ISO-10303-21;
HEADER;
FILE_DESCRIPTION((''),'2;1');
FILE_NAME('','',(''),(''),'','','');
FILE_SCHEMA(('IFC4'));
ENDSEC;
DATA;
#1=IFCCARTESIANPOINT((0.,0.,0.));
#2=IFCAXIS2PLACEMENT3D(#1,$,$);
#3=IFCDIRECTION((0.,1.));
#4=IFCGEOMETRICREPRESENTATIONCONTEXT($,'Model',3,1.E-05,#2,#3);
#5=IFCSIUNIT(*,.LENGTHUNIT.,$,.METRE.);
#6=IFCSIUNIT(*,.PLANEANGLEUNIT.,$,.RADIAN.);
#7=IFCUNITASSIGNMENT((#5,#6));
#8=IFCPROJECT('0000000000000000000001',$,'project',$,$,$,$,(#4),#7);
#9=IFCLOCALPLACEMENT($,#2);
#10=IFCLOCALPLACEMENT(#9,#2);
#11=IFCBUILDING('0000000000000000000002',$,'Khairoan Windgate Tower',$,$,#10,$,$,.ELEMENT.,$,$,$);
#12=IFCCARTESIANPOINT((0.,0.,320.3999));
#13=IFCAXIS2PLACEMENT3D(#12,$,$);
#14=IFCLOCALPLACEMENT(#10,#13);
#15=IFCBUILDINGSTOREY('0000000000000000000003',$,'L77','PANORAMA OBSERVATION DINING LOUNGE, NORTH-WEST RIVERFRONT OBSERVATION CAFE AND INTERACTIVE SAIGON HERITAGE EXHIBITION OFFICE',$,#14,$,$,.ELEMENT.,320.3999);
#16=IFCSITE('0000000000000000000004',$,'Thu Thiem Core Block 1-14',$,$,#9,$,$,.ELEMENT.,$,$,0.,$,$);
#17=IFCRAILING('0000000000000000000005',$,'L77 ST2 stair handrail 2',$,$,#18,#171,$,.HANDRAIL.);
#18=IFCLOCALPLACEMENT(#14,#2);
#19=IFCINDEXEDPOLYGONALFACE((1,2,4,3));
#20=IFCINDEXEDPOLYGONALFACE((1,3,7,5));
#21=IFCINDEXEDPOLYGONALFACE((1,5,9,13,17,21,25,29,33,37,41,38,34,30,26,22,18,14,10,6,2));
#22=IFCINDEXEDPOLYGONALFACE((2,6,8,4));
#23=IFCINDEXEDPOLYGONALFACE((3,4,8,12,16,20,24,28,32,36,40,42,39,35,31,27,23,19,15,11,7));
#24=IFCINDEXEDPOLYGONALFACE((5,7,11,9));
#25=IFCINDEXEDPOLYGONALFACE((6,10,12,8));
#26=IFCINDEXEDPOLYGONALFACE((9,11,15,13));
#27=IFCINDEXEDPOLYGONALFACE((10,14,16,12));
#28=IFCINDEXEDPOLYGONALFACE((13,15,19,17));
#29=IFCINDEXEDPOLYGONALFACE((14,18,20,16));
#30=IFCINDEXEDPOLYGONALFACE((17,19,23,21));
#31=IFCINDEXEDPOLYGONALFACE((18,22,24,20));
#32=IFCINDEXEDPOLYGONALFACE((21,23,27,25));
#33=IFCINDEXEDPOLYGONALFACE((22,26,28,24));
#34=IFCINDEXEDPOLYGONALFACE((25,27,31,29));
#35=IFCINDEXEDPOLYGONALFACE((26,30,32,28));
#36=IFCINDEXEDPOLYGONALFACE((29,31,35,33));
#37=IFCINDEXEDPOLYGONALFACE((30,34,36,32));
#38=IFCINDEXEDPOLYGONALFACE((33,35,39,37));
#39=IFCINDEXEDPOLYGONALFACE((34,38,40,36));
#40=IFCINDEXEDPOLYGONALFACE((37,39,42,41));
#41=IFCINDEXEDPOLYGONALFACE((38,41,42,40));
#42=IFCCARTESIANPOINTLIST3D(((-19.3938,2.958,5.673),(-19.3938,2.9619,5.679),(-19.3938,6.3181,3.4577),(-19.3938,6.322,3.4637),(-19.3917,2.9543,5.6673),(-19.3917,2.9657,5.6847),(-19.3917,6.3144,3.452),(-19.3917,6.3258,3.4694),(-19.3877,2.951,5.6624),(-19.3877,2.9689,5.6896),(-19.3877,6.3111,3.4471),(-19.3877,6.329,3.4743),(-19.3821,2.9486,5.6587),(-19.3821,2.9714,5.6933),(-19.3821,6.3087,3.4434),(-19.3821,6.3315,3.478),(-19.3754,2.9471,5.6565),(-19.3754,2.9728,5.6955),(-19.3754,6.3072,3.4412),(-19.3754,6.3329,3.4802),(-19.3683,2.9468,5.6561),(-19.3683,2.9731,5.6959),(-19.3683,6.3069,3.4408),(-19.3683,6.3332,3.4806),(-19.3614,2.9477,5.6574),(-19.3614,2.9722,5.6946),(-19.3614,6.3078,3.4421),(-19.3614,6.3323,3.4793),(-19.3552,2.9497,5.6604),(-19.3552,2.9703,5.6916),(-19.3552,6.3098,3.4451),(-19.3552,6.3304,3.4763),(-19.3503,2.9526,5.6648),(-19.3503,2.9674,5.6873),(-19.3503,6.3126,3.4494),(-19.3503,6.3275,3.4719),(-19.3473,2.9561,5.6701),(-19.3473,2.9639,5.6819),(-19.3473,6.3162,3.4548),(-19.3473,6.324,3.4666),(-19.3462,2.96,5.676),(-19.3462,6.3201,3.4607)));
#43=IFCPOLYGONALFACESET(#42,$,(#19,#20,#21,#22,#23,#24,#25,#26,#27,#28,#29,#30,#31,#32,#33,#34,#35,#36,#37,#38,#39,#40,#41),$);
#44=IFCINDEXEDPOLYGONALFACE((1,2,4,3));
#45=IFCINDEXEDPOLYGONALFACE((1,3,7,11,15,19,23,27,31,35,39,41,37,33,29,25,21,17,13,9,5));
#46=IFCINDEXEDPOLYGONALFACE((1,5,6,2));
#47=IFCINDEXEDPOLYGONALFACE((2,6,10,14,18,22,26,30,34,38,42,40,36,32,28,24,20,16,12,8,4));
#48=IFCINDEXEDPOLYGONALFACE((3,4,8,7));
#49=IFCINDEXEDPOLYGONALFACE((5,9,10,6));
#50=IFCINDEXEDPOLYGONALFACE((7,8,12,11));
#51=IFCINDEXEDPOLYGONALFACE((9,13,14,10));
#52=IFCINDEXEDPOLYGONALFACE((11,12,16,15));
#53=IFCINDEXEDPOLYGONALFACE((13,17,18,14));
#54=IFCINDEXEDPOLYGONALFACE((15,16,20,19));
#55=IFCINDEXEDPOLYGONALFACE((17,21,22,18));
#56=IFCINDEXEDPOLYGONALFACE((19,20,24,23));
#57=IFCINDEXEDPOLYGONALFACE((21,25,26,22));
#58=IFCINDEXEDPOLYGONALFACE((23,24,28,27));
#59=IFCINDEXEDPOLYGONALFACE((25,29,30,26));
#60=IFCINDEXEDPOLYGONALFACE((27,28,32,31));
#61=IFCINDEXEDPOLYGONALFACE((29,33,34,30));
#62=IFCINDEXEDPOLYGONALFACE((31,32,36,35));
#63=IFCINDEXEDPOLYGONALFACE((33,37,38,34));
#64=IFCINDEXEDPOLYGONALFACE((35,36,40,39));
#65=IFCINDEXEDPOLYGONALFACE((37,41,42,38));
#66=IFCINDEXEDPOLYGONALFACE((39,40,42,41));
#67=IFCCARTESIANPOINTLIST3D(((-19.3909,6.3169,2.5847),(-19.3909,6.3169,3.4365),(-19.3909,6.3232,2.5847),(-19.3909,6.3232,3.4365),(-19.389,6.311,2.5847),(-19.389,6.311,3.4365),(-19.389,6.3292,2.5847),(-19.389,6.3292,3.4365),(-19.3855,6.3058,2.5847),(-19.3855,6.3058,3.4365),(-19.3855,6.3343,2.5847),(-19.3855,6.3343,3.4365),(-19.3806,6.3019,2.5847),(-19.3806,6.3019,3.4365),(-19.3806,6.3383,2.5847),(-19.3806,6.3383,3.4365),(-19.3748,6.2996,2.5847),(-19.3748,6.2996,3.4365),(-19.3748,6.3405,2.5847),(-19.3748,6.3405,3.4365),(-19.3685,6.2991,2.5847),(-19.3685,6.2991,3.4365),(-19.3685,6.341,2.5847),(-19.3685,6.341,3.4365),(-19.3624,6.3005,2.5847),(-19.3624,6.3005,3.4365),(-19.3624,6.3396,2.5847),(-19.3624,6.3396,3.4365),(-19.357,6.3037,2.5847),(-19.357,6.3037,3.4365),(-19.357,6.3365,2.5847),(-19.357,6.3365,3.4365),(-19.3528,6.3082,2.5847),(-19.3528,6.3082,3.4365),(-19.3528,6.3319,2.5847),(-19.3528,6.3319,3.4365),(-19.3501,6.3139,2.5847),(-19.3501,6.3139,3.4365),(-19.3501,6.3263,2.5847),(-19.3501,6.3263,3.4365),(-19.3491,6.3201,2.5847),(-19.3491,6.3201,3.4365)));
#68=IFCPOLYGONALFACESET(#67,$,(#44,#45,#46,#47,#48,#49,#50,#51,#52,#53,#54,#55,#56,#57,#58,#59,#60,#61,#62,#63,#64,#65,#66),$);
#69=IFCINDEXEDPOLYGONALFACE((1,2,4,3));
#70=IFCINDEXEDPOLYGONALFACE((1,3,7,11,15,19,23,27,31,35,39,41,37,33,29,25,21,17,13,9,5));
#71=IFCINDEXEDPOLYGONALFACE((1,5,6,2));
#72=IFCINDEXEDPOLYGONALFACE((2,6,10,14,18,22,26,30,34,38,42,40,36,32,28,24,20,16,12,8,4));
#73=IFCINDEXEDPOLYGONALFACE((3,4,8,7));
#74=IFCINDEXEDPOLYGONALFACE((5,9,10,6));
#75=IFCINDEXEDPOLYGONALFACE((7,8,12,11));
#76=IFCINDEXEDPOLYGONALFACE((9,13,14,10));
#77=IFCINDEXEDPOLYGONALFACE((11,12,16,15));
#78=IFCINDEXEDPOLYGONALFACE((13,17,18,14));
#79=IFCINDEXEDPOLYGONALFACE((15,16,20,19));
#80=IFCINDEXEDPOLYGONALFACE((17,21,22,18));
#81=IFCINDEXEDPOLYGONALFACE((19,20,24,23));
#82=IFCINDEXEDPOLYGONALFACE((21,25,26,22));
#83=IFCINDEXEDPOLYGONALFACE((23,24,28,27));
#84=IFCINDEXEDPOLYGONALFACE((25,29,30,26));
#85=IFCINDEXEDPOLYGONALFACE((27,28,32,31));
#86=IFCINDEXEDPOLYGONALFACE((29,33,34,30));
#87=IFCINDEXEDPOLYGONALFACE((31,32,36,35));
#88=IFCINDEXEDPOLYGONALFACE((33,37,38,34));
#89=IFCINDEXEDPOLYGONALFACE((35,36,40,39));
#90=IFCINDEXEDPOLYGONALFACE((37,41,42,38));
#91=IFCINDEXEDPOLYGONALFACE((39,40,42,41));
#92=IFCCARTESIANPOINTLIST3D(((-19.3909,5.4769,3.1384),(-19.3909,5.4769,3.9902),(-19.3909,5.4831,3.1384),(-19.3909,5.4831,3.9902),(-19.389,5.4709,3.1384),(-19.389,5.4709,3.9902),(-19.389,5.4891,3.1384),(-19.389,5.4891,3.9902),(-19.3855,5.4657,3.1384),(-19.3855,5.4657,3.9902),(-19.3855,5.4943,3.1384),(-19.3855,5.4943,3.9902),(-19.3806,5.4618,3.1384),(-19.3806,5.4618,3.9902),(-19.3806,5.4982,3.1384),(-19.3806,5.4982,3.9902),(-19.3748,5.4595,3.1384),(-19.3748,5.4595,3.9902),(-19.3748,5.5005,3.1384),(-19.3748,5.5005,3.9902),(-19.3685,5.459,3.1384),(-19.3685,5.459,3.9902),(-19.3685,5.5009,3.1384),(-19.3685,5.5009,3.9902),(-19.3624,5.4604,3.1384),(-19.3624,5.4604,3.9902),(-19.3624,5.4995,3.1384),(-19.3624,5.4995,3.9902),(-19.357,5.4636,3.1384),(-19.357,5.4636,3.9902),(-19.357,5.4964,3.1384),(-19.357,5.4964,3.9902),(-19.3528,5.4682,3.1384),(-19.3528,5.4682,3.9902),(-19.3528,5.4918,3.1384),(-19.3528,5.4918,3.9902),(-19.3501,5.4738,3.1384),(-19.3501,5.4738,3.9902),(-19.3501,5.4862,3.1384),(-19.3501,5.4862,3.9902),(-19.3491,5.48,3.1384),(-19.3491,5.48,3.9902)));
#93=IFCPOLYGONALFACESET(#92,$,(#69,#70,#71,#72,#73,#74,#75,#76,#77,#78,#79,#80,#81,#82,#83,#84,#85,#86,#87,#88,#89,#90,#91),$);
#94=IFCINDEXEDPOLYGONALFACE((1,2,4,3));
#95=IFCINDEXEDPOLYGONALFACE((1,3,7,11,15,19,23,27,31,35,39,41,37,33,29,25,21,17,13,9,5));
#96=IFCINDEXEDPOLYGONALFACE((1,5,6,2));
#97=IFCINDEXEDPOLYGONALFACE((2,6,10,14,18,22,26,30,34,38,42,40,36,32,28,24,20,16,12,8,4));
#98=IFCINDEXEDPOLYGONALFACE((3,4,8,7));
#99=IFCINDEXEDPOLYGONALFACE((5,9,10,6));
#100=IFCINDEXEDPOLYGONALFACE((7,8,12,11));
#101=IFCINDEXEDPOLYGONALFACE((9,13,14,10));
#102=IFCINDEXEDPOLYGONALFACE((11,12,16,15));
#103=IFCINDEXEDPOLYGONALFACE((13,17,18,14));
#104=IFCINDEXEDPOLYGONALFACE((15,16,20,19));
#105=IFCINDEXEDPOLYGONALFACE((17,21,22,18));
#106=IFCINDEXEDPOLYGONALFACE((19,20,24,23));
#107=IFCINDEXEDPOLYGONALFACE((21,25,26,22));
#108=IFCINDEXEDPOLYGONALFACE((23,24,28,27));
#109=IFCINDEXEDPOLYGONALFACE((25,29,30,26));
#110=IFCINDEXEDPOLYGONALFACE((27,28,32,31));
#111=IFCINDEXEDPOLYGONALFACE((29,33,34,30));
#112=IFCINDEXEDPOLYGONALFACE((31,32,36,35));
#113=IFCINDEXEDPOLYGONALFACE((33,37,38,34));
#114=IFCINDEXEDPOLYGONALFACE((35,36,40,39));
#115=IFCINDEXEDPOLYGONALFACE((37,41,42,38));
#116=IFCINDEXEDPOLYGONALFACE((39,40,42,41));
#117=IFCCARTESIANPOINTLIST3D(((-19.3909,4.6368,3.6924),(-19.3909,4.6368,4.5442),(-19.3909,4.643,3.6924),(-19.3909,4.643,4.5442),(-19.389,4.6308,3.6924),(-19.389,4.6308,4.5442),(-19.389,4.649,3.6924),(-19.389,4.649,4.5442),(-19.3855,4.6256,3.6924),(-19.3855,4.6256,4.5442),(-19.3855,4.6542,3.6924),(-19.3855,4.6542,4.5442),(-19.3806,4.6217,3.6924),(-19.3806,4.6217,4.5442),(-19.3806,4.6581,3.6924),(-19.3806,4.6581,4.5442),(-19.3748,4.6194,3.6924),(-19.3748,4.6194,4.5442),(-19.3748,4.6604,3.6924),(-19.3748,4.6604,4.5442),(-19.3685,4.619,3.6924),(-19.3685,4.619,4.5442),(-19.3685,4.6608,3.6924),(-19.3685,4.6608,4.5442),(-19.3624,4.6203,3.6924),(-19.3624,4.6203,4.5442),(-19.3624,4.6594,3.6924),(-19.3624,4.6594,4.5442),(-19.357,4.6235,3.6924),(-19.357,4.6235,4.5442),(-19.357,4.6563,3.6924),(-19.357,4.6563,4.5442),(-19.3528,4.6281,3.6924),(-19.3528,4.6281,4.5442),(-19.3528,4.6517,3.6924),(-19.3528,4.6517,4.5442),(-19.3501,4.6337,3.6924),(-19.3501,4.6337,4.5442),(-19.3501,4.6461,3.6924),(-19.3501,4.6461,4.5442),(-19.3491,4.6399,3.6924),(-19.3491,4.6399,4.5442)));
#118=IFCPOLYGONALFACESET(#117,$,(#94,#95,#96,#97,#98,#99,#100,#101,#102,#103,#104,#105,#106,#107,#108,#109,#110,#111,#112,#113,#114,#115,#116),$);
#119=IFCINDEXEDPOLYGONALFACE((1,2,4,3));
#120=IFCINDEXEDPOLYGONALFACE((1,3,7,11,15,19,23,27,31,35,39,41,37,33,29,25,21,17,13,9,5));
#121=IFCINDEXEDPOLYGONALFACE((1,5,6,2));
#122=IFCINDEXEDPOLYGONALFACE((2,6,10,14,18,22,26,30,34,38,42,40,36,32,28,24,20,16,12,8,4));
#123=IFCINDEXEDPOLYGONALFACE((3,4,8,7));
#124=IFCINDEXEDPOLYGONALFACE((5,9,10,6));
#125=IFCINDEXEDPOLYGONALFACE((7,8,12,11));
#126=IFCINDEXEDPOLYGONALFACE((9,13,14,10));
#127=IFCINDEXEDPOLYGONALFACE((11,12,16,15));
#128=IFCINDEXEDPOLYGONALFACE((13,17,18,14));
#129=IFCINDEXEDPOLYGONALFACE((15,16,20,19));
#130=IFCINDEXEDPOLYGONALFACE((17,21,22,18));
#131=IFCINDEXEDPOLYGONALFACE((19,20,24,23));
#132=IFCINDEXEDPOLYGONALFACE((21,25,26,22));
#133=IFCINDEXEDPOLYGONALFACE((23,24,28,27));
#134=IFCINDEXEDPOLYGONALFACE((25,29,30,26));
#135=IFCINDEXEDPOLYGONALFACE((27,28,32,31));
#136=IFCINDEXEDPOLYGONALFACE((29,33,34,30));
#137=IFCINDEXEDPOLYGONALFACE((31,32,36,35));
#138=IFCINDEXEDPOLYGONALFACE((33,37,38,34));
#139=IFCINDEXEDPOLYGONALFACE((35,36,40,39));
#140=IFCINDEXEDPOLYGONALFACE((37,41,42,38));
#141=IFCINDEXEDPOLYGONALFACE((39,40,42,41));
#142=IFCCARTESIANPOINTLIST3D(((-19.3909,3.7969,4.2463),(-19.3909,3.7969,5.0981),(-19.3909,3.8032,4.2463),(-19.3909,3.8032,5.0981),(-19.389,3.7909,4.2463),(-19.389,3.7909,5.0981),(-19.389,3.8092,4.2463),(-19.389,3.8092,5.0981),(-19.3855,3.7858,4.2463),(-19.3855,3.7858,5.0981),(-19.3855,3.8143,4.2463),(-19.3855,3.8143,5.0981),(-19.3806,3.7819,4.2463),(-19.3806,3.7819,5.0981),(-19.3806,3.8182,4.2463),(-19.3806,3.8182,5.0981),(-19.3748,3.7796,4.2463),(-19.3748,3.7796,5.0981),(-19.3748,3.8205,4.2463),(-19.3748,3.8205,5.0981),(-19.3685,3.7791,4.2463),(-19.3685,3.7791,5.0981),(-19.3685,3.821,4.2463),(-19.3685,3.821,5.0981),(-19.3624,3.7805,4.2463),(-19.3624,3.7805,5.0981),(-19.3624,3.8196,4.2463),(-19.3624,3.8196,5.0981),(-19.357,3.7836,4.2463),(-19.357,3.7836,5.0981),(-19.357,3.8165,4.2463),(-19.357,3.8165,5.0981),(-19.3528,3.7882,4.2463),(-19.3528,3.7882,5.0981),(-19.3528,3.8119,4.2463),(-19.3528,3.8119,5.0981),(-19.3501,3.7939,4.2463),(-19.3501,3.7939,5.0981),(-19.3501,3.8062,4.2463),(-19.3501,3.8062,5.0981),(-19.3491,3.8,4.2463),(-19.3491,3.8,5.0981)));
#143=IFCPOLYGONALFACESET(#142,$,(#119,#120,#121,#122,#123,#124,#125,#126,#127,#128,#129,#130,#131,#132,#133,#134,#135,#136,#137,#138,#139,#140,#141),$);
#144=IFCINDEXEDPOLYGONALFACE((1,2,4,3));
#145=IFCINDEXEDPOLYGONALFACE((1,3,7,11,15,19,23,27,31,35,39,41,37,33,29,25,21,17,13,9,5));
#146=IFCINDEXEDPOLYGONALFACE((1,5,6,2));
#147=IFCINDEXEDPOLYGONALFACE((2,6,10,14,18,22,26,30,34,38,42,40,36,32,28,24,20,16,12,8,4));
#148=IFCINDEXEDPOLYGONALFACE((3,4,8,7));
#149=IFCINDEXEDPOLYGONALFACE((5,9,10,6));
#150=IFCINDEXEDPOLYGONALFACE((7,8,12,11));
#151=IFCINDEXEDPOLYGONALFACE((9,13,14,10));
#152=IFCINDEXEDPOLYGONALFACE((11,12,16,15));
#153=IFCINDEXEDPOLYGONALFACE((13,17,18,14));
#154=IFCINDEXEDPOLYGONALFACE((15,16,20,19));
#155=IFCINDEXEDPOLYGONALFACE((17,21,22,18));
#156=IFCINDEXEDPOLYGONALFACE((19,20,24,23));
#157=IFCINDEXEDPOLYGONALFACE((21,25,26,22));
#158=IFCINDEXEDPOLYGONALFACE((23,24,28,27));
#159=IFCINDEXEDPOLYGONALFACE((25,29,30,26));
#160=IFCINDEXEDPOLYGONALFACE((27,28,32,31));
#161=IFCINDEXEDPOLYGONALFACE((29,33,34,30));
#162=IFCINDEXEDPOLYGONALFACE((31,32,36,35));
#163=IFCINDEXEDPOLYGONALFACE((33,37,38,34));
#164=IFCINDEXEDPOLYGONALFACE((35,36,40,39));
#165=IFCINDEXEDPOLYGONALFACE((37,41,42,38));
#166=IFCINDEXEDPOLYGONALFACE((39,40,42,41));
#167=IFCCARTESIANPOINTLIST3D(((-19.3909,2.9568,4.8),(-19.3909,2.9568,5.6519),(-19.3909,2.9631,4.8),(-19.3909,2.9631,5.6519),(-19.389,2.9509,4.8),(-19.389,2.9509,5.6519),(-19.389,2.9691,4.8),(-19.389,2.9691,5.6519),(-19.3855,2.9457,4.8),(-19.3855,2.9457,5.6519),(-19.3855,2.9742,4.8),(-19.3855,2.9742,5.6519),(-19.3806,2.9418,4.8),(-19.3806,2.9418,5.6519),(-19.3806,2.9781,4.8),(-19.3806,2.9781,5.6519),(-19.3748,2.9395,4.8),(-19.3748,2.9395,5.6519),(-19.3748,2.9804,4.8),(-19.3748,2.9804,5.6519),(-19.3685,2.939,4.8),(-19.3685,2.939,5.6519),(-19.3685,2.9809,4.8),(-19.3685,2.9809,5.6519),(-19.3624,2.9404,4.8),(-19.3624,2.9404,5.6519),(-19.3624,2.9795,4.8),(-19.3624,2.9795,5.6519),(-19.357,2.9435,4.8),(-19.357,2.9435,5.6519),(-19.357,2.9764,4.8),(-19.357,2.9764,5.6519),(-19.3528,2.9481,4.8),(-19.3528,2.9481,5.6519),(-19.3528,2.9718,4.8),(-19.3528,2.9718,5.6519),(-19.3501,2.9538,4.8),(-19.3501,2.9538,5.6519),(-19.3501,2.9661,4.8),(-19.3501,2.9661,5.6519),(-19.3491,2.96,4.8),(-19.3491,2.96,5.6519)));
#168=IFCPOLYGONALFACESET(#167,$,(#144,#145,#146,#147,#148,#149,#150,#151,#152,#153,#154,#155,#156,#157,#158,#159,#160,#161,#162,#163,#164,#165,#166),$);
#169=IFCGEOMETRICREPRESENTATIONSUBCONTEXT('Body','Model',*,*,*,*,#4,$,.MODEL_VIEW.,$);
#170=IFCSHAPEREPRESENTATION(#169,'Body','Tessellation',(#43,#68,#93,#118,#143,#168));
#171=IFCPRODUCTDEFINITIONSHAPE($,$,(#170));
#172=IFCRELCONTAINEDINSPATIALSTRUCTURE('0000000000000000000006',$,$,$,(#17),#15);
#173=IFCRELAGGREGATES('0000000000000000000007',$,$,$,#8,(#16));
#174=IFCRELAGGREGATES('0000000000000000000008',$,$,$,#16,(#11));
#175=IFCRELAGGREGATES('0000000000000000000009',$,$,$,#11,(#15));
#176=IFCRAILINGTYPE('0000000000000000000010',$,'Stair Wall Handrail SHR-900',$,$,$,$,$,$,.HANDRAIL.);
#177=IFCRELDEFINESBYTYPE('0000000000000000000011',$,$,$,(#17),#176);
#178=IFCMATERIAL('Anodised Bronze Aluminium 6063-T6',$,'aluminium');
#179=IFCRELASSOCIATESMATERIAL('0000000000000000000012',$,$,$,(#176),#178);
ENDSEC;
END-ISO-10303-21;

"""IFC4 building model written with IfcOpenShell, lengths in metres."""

from ifc_helpers import new_model, si_unit, direction, frame, origin, origin_2d, place, context, subcontext, project, spatial, circle, extrude, material, type_object, element, save


model = new_model("IFC4")

# Units and contexts
model_context = context("Model", 3, precision=1e-05, world=origin(), true_north=direction((0.0, 1.0)))
body_context = subcontext(model_context, "Body", "Model", "MODEL_VIEW")
ifc_project = project(units=[si_unit("LENGTHUNIT", "METRE"), si_unit("PLANEANGLEUNIT", "RADIAN")], contexts=[model_context])

# Site, building, storey
site_placement = place(None, origin())
site = spatial("IfcSite", under=ifc_project, at=site_placement, Name="Thu Thiem Core Block 1-14", CompositionType="ELEMENT", RefElevation=0.0)
building_placement = place(site_placement, origin())
building = spatial("IfcBuilding", under=site, at=building_placement, Name="Khairoan Windgate Tower", CompositionType="ELEMENT")
storey_placement = place(building_placement, frame((0.0, 0.0, 320.3999)))
storey = spatial("IfcBuildingStorey", under=building, at=storey_placement, Name="L77", Description="PANORAMA OBSERVATION DINING LOUNGE, NORTH-WEST RIVERFRONT OBSERVATION CAFE AND INTERACTIVE SAIGON HERITAGE EXHIBITION OFFICE", CompositionType="ELEMENT", Elevation=320.3999)

# Railing
ifc_material_1 = material(Name="Anodised Bronze Aluminium 6063-T6", Category="aluminium")
railing_type_1 = type_object("IfcRailingType", Name="Stair Wall Handrail SHR-900", PredefinedType="HANDRAIL", material=ifc_material_1)
railing_1_placement = place(storey_placement, frame((-19.3701, 6.3201, 2.5847)))
element("IfcRailing", 1, at=railing_1_placement, inside=storey, type_object=railing_type_1, Name="L77 ST2 stair handrail 2", PredefinedType="HANDRAIL", context=body_context, shape_type="SweptSolid", body=[
    extrude(circle(Radius=0.0239, at=origin_2d()), frame((0.0, 0.0, 0.876), z_axis=(0.0, -0.834876, 0.550437), x_axis=(1.0, 0.0, 0.0)), (0.0, 0.0, 1.0), 4.0247),
    extrude(circle(Radius=0.021, at=origin_2d()), origin(), (0.0, 0.0, 1.0), 0.8518),
    extrude(circle(Radius=0.021, at=origin_2d()), frame((0.0, -0.8401, 0.5537)), (0.0, 0.0, 1.0), 0.8518),
    extrude(circle(Radius=0.021, at=origin_2d()), frame((0.0, -1.6802, 1.1077)), (0.0, 0.0, 1.0), 0.8518),
    extrude(circle(Radius=0.021, at=origin_2d()), frame((0.0, -2.52, 1.6616)), (0.0, 0.0, 1.0), 0.8518),
    extrude(circle(Radius=0.021, at=origin_2d()), frame((0.0, -3.3601, 2.2153)), (0.0, 0.0, 1.0), 0.8518),
])

save(model, "model.ifc")
